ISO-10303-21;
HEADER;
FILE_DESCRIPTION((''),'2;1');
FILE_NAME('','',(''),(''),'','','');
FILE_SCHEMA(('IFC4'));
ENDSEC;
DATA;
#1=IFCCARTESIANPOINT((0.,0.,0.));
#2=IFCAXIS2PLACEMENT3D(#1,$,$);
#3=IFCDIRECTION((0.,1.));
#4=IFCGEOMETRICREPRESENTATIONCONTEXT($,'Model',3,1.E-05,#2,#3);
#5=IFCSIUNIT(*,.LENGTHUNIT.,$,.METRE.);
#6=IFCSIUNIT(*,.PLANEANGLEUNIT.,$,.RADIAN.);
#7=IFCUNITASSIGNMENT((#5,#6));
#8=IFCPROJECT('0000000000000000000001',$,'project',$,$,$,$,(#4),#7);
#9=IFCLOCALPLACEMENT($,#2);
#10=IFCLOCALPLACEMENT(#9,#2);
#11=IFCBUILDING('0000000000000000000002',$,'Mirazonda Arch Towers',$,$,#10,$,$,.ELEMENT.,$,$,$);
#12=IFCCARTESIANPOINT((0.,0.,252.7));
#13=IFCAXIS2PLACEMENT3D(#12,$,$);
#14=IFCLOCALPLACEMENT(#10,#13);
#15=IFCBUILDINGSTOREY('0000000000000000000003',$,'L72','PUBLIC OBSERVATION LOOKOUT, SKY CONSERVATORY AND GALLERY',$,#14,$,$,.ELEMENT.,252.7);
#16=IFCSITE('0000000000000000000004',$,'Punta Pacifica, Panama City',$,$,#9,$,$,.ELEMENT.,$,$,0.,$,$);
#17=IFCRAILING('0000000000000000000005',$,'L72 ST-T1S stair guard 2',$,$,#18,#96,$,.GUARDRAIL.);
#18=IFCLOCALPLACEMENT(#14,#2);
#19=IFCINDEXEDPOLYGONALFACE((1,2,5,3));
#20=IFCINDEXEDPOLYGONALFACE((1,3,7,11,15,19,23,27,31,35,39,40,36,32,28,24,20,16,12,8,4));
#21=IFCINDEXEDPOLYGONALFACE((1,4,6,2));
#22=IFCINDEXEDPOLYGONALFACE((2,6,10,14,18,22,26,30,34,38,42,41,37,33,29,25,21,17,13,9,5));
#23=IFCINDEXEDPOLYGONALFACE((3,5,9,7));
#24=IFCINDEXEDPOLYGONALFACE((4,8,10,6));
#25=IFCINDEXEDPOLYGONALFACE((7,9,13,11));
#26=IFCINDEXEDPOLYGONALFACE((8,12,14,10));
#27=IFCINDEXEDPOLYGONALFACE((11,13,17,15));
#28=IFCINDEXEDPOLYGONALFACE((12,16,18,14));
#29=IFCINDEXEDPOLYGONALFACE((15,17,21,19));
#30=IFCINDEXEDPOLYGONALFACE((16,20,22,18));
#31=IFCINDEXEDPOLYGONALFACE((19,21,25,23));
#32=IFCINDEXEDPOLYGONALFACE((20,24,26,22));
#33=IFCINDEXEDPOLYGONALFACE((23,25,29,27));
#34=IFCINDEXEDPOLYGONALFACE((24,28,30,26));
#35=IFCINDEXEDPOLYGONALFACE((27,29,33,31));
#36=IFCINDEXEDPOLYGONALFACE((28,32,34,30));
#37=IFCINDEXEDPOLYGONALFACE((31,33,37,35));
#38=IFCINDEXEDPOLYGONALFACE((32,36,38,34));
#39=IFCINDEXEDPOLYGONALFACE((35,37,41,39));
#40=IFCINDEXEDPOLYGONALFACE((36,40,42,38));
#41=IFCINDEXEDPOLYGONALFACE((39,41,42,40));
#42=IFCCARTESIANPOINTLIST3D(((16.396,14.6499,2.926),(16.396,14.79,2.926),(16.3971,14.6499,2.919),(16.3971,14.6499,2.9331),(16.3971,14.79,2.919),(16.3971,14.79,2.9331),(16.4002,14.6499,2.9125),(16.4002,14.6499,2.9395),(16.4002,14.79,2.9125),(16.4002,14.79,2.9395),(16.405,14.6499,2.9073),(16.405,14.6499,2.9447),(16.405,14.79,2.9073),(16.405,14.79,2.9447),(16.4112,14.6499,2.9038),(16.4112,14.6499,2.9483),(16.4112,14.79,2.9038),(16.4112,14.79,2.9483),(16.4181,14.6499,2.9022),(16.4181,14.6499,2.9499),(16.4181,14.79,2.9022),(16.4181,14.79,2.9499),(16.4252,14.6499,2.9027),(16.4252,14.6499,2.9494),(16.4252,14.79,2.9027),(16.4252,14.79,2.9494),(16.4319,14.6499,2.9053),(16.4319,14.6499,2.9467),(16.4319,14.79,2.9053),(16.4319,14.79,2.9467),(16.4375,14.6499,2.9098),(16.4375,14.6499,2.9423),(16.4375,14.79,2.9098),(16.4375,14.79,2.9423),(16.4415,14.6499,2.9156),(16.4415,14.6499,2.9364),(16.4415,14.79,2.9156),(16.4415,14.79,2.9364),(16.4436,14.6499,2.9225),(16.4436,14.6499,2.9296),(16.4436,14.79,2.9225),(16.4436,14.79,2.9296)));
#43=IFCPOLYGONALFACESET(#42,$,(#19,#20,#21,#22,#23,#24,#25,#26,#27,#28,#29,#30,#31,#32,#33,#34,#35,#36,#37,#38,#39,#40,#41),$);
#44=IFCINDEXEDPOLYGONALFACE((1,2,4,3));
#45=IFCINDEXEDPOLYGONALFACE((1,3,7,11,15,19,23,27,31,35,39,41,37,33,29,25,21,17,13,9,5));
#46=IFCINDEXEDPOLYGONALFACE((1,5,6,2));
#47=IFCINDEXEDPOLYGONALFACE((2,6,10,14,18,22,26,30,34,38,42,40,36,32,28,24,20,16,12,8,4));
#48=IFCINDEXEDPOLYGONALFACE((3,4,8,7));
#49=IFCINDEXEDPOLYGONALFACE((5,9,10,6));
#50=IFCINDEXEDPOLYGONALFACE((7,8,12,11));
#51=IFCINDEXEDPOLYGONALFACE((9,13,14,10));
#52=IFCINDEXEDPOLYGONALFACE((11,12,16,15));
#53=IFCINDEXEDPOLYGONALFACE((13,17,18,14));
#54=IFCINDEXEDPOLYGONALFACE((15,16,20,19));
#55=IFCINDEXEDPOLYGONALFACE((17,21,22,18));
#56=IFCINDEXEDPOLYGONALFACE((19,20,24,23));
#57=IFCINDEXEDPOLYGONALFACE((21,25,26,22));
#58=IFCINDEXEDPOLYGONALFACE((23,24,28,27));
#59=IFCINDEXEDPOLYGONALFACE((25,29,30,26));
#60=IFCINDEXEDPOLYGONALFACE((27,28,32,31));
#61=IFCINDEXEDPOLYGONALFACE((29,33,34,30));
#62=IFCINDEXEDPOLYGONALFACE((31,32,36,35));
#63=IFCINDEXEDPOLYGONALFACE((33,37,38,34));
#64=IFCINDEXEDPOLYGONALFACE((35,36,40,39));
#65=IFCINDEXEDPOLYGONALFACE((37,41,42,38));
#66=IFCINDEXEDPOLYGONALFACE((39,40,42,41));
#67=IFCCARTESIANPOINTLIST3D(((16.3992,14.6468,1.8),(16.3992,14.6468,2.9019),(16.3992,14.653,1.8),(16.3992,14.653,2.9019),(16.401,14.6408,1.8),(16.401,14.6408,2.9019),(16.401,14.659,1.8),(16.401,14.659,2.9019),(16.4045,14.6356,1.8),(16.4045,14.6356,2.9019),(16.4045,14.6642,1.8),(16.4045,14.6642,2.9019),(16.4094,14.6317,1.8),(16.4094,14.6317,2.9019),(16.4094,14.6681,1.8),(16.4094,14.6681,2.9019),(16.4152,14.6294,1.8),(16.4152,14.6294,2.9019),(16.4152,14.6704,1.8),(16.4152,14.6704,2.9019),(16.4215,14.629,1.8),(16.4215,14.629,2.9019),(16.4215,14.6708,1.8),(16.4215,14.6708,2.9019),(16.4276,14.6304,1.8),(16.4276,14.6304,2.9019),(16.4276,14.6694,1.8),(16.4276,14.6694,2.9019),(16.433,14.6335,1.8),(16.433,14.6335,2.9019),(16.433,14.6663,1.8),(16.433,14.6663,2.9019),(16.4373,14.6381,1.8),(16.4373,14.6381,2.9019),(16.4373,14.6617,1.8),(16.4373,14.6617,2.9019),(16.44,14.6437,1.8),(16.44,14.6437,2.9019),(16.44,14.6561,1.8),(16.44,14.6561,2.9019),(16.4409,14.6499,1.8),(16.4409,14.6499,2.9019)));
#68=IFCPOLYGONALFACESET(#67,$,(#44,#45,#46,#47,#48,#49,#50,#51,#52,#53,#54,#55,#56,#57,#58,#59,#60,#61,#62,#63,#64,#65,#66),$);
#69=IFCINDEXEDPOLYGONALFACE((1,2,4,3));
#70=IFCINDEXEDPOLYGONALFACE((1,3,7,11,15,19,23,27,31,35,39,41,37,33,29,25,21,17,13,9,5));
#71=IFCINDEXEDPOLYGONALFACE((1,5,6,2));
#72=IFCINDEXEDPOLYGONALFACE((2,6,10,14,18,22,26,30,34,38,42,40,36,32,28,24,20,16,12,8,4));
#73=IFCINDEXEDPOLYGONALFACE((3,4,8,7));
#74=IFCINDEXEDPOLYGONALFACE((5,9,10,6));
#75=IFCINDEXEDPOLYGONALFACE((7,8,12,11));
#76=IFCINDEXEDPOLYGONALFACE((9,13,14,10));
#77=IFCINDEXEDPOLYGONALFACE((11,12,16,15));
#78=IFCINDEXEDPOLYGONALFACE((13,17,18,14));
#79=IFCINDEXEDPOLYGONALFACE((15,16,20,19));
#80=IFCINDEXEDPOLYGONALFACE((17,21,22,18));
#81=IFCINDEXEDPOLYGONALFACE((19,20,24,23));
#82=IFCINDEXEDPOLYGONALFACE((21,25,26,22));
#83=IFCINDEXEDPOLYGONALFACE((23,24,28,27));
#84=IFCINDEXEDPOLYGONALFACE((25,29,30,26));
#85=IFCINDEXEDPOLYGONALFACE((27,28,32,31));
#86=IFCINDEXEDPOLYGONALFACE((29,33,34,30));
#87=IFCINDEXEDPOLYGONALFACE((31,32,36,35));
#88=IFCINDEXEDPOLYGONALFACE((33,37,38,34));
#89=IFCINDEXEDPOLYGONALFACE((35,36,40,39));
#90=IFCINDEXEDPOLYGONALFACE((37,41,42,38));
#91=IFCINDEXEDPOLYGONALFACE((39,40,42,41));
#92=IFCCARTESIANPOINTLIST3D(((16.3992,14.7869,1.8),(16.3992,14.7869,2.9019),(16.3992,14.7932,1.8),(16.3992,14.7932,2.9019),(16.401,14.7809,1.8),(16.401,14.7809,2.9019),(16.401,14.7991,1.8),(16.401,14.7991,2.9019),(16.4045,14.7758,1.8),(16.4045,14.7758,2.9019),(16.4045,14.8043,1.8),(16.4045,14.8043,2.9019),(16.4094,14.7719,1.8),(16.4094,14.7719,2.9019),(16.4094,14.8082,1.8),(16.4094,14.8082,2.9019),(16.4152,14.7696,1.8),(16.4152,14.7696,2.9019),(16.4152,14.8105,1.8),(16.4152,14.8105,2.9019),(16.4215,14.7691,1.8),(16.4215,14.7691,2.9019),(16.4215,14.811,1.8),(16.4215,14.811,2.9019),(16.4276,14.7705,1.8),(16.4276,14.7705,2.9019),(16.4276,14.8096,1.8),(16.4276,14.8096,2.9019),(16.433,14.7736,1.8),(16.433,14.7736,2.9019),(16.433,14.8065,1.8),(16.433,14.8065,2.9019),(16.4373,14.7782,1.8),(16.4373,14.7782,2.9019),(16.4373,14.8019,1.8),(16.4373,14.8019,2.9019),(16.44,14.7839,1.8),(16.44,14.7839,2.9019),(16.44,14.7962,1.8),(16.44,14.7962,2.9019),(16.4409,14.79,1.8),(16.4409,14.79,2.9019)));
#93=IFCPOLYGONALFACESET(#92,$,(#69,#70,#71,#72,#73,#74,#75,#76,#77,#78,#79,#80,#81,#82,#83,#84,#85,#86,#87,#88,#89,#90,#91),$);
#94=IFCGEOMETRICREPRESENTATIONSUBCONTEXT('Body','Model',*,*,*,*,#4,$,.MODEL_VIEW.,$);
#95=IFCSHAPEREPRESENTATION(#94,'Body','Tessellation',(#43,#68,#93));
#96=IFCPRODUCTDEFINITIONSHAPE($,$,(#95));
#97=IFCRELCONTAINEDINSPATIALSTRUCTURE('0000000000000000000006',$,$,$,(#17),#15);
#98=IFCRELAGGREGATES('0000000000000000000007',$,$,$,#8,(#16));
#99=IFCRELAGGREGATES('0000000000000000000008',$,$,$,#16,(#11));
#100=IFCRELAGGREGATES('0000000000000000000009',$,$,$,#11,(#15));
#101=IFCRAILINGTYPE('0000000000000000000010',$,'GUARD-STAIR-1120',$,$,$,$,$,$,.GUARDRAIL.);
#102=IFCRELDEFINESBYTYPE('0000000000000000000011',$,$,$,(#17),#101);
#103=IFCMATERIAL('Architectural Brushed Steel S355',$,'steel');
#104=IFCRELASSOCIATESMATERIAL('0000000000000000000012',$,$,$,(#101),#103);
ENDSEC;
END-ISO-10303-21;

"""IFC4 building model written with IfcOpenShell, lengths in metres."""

from ifc_helpers import new_model, si_unit, direction, frame, origin, origin_2d, place, context, subcontext, project, spatial, circle, extrude, material, type_object, element, save


model = new_model("IFC4")

# Units and contexts
model_context = context("Model", 3, precision=1e-05, world=origin(), true_north=direction((0.0, 1.0)))
body_context = subcontext(model_context, "Body", "Model", "MODEL_VIEW")
ifc_project = project(units=[si_unit("LENGTHUNIT", "METRE"), si_unit("PLANEANGLEUNIT", "RADIAN")], contexts=[model_context])

# Site, building, storey
site_placement = place(None, origin())
site = spatial("IfcSite", under=ifc_project, at=site_placement, Name="Punta Pacifica, Panama City", CompositionType="ELEMENT", RefElevation=0.0)
building_placement = place(site_placement, origin())
building = spatial("IfcBuilding", under=site, at=building_placement, Name="Mirazonda Arch Towers", CompositionType="ELEMENT")
storey_placement = place(building_placement, frame((0.0, 0.0, 252.7)))
storey = spatial("IfcBuildingStorey", under=building, at=storey_placement, Name="L72", Description="PUBLIC OBSERVATION LOOKOUT, SKY CONSERVATORY AND GALLERY", CompositionType="ELEMENT", Elevation=252.7)

# Shared definitions
ifc_material_1 = material(Name="Architectural Brushed Steel S355", Category="steel")

# Railing
railing_type_1 = type_object("IfcRailingType", Name="GUARD-STAIR-1120", PredefinedType="GUARDRAIL", material=ifc_material_1)
railing_1_placement = place(storey_placement, frame((16.4199, 14.6499, 1.8)))
element("IfcRailing", 1, at=railing_1_placement, inside=storey, type_object=railing_type_1, Name="L72 ST-T1S stair guard 2", PredefinedType="GUARDRAIL", context=body_context, shape_type="SweptSolid", body=[
    extrude(circle(Radius=0.0239, at=origin_2d()), frame((0.0, 0.0, 1.126), z_axis=(0.0, 1.0, 0.0), x_axis=(-1.0, 0.0, 0.0)), (0.0, 0.0, 1.0), 0.1401),
    extrude(circle(Radius=0.021, at=origin_2d()), origin(), (0.0, 0.0, 1.0), 1.1018),
    extrude(circle(Radius=0.021, at=origin_2d()), frame((0.0, 0.1401, 0.0)), (0.0, 0.0, 1.0), 1.1018),
])

save(model, "model.ifc")
